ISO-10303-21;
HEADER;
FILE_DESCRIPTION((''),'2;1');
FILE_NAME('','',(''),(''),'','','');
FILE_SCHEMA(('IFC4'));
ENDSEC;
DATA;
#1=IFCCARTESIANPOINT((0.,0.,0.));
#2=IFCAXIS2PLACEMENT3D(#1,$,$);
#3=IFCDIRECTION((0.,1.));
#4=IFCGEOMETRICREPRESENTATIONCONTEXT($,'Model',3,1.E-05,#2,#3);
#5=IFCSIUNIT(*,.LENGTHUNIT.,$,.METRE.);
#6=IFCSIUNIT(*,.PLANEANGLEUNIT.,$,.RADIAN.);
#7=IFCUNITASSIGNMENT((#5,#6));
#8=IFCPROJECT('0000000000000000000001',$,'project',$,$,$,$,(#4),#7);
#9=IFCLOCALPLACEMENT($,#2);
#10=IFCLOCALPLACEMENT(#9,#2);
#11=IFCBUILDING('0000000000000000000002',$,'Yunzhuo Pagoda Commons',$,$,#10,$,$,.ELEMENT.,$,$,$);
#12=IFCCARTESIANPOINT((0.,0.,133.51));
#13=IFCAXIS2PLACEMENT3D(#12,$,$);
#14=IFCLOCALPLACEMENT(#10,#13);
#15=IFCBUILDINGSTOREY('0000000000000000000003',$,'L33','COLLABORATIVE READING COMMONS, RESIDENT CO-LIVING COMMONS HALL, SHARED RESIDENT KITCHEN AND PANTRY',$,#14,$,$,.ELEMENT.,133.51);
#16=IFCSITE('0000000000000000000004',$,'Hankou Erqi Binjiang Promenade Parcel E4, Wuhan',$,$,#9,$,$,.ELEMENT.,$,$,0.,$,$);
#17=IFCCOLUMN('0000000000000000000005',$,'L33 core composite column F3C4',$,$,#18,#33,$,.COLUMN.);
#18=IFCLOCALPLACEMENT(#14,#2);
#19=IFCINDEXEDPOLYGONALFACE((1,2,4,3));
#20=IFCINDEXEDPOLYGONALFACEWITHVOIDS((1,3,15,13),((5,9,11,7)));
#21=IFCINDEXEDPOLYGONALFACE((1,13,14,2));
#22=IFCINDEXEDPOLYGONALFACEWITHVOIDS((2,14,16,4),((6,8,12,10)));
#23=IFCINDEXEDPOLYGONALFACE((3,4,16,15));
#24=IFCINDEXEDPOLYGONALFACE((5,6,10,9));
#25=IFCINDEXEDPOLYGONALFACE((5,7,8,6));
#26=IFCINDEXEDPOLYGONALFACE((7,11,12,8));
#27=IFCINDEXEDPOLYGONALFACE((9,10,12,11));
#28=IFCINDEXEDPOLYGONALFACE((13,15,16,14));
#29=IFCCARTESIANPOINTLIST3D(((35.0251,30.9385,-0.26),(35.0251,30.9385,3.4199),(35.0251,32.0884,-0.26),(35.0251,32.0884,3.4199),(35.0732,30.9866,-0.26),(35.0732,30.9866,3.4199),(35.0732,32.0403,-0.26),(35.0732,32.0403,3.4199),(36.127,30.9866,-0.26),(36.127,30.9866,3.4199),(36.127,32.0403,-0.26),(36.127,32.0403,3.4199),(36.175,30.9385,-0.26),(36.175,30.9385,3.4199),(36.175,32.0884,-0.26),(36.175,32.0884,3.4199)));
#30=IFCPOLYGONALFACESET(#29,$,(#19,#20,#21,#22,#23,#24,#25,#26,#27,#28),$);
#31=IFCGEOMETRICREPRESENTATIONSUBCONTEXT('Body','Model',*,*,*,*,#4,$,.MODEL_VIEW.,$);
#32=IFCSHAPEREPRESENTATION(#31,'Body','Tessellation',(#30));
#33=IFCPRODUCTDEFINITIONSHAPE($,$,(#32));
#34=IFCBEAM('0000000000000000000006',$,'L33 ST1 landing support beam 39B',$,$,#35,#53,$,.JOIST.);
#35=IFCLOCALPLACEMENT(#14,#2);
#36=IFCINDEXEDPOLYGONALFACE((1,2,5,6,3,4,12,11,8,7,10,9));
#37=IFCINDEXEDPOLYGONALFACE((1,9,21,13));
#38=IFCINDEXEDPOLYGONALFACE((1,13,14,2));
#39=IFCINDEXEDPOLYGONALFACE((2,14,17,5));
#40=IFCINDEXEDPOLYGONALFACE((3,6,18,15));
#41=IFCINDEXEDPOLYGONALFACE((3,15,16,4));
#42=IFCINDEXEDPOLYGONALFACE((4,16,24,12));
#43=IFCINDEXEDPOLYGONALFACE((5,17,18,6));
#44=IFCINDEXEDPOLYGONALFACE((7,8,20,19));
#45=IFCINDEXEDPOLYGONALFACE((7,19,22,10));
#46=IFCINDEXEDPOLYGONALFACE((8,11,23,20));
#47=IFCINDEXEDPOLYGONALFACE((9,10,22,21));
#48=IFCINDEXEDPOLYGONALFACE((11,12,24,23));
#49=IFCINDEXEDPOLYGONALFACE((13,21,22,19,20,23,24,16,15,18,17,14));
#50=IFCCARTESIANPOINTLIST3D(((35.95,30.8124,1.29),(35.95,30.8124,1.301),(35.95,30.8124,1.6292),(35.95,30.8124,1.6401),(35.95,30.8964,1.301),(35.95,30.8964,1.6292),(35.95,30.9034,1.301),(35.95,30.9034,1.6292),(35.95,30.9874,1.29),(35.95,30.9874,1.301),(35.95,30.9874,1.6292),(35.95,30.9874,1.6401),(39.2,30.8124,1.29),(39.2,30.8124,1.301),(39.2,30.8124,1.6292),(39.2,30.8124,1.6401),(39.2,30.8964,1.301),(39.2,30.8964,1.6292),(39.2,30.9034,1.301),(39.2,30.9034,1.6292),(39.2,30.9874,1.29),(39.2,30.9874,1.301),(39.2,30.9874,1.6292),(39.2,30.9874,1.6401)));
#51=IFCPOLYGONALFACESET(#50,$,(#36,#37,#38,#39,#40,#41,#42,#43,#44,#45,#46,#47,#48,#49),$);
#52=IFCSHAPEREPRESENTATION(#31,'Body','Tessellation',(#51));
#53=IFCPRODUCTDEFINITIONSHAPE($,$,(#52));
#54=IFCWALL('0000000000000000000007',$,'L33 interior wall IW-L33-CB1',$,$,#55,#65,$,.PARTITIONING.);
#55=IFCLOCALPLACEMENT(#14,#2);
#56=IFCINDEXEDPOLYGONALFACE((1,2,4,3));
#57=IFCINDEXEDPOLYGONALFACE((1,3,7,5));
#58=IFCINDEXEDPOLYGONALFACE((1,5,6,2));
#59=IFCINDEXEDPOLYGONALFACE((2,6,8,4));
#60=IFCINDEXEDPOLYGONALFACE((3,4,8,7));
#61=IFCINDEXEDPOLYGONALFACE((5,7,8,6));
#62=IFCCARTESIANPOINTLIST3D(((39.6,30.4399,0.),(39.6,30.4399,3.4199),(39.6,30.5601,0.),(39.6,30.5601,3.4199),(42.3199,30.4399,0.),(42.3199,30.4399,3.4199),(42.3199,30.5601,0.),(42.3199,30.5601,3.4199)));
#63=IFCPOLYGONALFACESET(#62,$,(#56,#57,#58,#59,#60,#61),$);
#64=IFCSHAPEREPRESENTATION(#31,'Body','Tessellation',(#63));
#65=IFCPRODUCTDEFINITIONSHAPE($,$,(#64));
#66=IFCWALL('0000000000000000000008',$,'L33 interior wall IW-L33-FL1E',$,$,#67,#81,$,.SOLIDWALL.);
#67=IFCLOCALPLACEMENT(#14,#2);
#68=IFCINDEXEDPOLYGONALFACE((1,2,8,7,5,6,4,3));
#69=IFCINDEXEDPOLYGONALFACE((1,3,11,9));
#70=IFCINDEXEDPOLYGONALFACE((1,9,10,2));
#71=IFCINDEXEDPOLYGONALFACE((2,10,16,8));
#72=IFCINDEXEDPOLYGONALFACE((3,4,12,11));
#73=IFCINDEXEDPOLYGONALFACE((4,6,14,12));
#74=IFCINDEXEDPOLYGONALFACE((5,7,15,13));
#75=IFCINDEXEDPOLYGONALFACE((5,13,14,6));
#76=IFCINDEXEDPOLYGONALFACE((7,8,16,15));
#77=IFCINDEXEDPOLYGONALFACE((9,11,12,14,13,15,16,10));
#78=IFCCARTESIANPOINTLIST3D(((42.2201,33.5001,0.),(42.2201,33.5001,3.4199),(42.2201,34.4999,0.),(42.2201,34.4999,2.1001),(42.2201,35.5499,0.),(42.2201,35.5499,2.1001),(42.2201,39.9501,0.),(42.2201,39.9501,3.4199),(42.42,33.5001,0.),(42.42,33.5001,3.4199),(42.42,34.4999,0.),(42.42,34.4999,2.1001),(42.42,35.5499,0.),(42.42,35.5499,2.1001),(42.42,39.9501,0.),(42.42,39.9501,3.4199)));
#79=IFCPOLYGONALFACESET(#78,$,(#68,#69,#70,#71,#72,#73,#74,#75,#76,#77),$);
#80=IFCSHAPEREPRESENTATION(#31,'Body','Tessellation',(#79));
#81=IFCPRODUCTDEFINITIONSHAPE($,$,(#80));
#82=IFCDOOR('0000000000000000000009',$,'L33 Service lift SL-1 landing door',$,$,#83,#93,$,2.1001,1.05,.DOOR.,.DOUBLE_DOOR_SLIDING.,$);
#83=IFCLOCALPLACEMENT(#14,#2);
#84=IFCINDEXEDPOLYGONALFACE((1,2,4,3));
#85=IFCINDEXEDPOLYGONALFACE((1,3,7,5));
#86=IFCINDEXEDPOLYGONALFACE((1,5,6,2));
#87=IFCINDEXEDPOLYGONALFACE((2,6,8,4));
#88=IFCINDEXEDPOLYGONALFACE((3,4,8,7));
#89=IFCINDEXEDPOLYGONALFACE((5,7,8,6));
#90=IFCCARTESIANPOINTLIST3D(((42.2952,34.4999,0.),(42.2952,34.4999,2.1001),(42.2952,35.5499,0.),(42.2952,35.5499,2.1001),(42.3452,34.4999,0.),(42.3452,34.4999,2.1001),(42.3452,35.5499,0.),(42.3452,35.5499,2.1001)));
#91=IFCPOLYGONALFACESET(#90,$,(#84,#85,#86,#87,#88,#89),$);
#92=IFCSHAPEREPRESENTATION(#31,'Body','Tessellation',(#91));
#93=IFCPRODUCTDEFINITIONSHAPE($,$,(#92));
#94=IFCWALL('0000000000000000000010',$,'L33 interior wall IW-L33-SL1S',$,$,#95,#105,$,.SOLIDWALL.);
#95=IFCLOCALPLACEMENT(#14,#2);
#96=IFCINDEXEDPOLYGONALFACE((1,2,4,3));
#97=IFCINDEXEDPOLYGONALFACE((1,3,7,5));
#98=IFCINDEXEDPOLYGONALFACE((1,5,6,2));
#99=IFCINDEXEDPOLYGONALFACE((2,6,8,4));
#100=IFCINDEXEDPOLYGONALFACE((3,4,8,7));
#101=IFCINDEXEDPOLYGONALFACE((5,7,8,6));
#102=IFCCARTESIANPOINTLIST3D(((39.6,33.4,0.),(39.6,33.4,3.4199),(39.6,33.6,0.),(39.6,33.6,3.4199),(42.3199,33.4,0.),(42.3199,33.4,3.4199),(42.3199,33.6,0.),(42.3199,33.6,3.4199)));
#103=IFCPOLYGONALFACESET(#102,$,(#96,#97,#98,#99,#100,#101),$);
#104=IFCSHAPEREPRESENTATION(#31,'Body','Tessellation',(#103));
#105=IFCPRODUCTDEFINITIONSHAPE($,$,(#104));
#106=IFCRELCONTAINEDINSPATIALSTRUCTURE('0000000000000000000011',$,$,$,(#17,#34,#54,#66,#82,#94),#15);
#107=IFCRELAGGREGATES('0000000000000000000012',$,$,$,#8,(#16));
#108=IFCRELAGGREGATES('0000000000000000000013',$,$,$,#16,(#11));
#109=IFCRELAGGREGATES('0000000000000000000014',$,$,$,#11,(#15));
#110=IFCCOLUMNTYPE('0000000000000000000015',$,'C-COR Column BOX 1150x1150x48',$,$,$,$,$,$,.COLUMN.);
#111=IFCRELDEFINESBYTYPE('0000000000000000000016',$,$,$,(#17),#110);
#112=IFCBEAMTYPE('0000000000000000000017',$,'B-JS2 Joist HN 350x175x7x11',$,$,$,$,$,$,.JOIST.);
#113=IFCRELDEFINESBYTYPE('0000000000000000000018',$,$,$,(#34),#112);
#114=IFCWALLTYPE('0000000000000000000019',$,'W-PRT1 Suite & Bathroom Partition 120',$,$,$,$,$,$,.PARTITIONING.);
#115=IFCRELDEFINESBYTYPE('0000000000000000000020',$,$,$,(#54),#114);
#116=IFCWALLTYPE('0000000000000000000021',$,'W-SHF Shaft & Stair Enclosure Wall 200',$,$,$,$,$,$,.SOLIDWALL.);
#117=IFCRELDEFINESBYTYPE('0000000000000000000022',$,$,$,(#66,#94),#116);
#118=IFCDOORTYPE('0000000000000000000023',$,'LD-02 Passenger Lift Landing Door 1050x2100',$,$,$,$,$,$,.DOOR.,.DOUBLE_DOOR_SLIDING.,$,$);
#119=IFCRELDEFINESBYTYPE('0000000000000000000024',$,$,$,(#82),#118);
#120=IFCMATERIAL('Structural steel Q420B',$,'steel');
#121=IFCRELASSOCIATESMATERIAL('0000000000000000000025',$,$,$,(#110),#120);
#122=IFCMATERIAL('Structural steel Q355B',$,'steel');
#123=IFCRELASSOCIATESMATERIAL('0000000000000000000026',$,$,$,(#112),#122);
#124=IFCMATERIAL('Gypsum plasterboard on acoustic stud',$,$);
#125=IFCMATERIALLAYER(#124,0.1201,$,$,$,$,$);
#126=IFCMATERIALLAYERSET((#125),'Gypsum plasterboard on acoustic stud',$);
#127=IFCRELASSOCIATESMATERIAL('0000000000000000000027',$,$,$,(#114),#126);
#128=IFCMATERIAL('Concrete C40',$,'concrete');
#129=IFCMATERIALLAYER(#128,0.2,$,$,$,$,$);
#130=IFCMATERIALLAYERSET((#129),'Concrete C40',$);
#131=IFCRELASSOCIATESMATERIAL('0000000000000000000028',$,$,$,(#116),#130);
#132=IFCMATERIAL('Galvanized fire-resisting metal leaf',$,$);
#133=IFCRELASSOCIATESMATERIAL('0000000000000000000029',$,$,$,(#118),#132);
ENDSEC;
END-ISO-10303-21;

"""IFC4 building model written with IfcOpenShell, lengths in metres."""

from ifc_helpers import new_model, si_unit, direction, frame, frame_2d, origin, origin_with_axes, origin_2d, place, context, subcontext, project, spatial, rectangle, hollow_rectangle, i_section, extrude, source, transform, mapped, material, layer, layer_set, material_profile, profile_set, type_object, element, fill, save


model = new_model("IFC4")

# Units and contexts
model_context = context("Model", 3, precision=1e-05, world=origin(), true_north=direction((0.0, 1.0)))
body_context = subcontext(model_context, "Body", "Model", "MODEL_VIEW")
ifc_project = project(units=[si_unit("LENGTHUNIT", "METRE"), si_unit("PLANEANGLEUNIT", "RADIAN")], contexts=[model_context])

# Site, building, storey
site_placement = place(None, origin())
site = spatial("IfcSite", under=ifc_project, at=site_placement, Name="Hankou Erqi Binjiang Promenade Parcel E4, Wuhan", CompositionType="ELEMENT", RefElevation=0.0)
building_placement = place(site_placement, origin())
building = spatial("IfcBuilding", under=site, at=building_placement, Name="Yunzhuo Pagoda Commons", CompositionType="ELEMENT")
storey_placement = place(building_placement, frame((0.0, 0.0, 133.51)))
storey = spatial("IfcBuildingStorey", under=building, at=storey_placement, Name="L33", Description="COLLABORATIVE READING COMMONS, RESIDENT CO-LIVING COMMONS HALL, SHARED RESIDENT KITCHEN AND PANTRY", CompositionType="ELEMENT", Elevation=133.51)

# Column
ifc_material_1 = material(Name="Structural steel Q420B", Category="steel")
ifc_material_profile_1 = material_profile(ifc_material_1, hollow_rectangle(XDim=1.1499, YDim=1.1499, WallThickness=0.0481, at=origin_2d()), Name="Structural steel Q420B")
ifc_profile_set_1 = profile_set([ifc_material_profile_1], Name="Structural steel Q420B")
column_type = type_object("IfcColumnType", Name="C-COR Column BOX 1150x1150x48", PredefinedType="COLUMN", material=ifc_profile_set_1)
shared_shape_1 = source(origin(), body_context, "Body", "SweptSolid", [
    extrude(hollow_rectangle(XDim=1.1499, YDim=1.1499, WallThickness=0.0481, at=origin_2d()), origin(), (0.0, 0.0, 1.0), 3.6799),
])
column_placement = place(storey_placement, frame((35.6001, 31.5134, -0.26), z_axis=(0.0, 0.0, 1.0), x_axis=(1.0, 0.0, 0.0)))
element("IfcColumn", 1, at=column_placement, inside=storey, type_object=column_type, Name="L33 core composite column F3C4", PredefinedType="COLUMN", context=body_context, shape_type="MappedRepresentation", body=[
    mapped(shared_shape_1, transform((0.0, 0.0, 0.0), scale=1.0)),
])

# Beam
ifc_material_2 = material(Name="Structural steel Q355B", Category="steel")
ifc_material_profile_2 = material_profile(ifc_material_2, i_section(OverallWidth=0.175, OverallDepth=0.3501, WebThickness=0.0071, FlangeThickness=0.011, at=origin_2d()), Name="Structural steel Q355B")
ifc_profile_set_2 = profile_set([ifc_material_profile_2], Name="Structural steel Q355B")
beam_type = type_object("IfcBeamType", Name="B-JS2 Joist HN 350x175x7x11", PredefinedType="JOIST", material=ifc_profile_set_2)
shared_shape_2 = source(origin(), body_context, "Body", "SweptSolid", [
    extrude(i_section(OverallWidth=0.175, OverallDepth=0.3501, WebThickness=0.0071, FlangeThickness=0.011, at=origin_2d()), origin(), (0.0, 0.0, 1.0), 3.25),
])
beam_placement = place(storey_placement, frame((35.95, 30.8999, 1.4651), z_axis=(1.0, 0.0, 0.0), x_axis=(0.0, 1.0, 0.0)))
element("IfcBeam", 2, at=beam_placement, inside=storey, type_object=beam_type, Name="L33 ST1 landing support beam 39B", PredefinedType="JOIST", context=body_context, shape_type="MappedRepresentation", body=[
    mapped(shared_shape_2, transform((0.0, 0.0, 0.0), scale=1.0)),
])

# Wall
ifc_material_3 = material(Name="Gypsum plasterboard on acoustic stud")
ifc_layer_1 = layer(ifc_material_3, 0.1201)
ifc_layer_set_1 = layer_set([ifc_layer_1], Name="Gypsum plasterboard on acoustic stud")
wall_type_1 = type_object("IfcWallType", Name="W-PRT1 Suite & Bathroom Partition 120", PredefinedType="PARTITIONING", material=ifc_layer_set_1)
wall_1_placement = place(storey_placement, frame((39.6001, 30.5, 0.0), z_axis=(0.0, 0.0, 1.0), x_axis=(1.0, 0.0, 0.0)))
element("IfcWall", 3, at=wall_1_placement, inside=storey, type_object=wall_type_1, Name="L33 interior wall IW-L33-CB1", PredefinedType="PARTITIONING", context=body_context, shape_type="SweptSolid", body=[
    extrude(rectangle(XDim=2.72, YDim=0.1201, at=frame_2d((1.3599, 0.0))), origin(), (0.0, 0.0, 1.0), 3.4199),
])

# Wall, opening, door
ifc_material_4 = material(Name="Concrete C40", Category="concrete")
ifc_layer_2 = layer(ifc_material_4, 0.2)
ifc_layer_set_2 = layer_set([ifc_layer_2], Name="Concrete C40")
wall_type_2 = type_object("IfcWallType", Name="W-SHF Shaft & Stair Enclosure Wall 200", PredefinedType="SOLIDWALL", material=ifc_layer_set_2)
wall_2_placement = place(storey_placement, frame((42.3201, 33.5, 0.0), z_axis=(0.0, 0.0, 1.0), x_axis=(0.0, 1.0, 0.0)))
wall_2 = element("IfcWall", 4, at=wall_2_placement, inside=storey, type_object=wall_type_2, Name="L33 interior wall IW-L33-FL1E", PredefinedType="SOLIDWALL", context=body_context, shape_type="SweptSolid", body=[
    extrude(rectangle(XDim=6.45, YDim=0.2, at=frame_2d((3.2251, 0.0))), origin(), (0.0, 0.0, 1.0), 3.4199),
])
opening_1_placement = place(wall_2_placement, frame((1.0, 0.0, 0.0)))
opening_1 = element("IfcOpeningElement", 5, at=opening_1_placement, cuts=wall_2, PredefinedType="OPENING", context=body_context, shape_type="SweptSolid", body=[
    extrude(rectangle(XDim=1.05, YDim=2.1001, at=frame_2d((0.5249, 1.05))), frame((0.0, 0.1099, 0.0), z_axis=(0.0, -1.0, 0.0), x_axis=(1.0, 0.0, 0.0)), (0.0, 0.0, 1.0), 0.22),
])
ifc_material_5 = material(Name="Galvanized fire-resisting metal leaf")
door_type = type_object("IfcDoorType", Name="LD-02 Passenger Lift Landing Door 1050x2100", OperationType="DOUBLE_DOOR_SLIDING", PredefinedType="DOOR", material=ifc_material_5)
shared_shape_3 = source(origin(), body_context, "Body", "SweptSolid", [
    extrude(rectangle(XDim=1.05, YDim=2.1001, at=frame_2d((0.5249, 1.05))), frame((0.0, 0.0249, 0.0), z_axis=(0.0, -1.0, 0.0), x_axis=(1.0, 0.0, 0.0)), (0.0, 0.0, 1.0), 0.05),
])
door_1_placement = place(opening_1_placement, origin_with_axes())
door_1 = element("IfcDoor", 6, at=door_1_placement, inside=storey, type_object=door_type, Name="L33 Service lift SL-1 landing door", OperationType="DOUBLE_DOOR_SLIDING", OverallHeight=2.1001, OverallWidth=1.05, PredefinedType="DOOR", context=body_context, shape_type="MappedRepresentation", body=[
    mapped(shared_shape_3, transform((0.0, 0.0, 0.0), scale=1.0)),
])
fill(opening_1, door_1)

# Wall
wall_3_placement = place(storey_placement, frame((39.6001, 33.5, 0.0), z_axis=(0.0, 0.0, 1.0), x_axis=(1.0, 0.0, 0.0)))
element("IfcWall", 7, at=wall_3_placement, inside=storey, type_object=wall_type_2, Name="L33 interior wall IW-L33-SL1S", PredefinedType="SOLIDWALL", context=body_context, shape_type="SweptSolid", body=[
    extrude(rectangle(XDim=2.72, YDim=0.2, at=frame_2d((1.3599, 0.0))), origin(), (0.0, 0.0, 1.0), 3.4199),
])

save(model, "model.ifc")
